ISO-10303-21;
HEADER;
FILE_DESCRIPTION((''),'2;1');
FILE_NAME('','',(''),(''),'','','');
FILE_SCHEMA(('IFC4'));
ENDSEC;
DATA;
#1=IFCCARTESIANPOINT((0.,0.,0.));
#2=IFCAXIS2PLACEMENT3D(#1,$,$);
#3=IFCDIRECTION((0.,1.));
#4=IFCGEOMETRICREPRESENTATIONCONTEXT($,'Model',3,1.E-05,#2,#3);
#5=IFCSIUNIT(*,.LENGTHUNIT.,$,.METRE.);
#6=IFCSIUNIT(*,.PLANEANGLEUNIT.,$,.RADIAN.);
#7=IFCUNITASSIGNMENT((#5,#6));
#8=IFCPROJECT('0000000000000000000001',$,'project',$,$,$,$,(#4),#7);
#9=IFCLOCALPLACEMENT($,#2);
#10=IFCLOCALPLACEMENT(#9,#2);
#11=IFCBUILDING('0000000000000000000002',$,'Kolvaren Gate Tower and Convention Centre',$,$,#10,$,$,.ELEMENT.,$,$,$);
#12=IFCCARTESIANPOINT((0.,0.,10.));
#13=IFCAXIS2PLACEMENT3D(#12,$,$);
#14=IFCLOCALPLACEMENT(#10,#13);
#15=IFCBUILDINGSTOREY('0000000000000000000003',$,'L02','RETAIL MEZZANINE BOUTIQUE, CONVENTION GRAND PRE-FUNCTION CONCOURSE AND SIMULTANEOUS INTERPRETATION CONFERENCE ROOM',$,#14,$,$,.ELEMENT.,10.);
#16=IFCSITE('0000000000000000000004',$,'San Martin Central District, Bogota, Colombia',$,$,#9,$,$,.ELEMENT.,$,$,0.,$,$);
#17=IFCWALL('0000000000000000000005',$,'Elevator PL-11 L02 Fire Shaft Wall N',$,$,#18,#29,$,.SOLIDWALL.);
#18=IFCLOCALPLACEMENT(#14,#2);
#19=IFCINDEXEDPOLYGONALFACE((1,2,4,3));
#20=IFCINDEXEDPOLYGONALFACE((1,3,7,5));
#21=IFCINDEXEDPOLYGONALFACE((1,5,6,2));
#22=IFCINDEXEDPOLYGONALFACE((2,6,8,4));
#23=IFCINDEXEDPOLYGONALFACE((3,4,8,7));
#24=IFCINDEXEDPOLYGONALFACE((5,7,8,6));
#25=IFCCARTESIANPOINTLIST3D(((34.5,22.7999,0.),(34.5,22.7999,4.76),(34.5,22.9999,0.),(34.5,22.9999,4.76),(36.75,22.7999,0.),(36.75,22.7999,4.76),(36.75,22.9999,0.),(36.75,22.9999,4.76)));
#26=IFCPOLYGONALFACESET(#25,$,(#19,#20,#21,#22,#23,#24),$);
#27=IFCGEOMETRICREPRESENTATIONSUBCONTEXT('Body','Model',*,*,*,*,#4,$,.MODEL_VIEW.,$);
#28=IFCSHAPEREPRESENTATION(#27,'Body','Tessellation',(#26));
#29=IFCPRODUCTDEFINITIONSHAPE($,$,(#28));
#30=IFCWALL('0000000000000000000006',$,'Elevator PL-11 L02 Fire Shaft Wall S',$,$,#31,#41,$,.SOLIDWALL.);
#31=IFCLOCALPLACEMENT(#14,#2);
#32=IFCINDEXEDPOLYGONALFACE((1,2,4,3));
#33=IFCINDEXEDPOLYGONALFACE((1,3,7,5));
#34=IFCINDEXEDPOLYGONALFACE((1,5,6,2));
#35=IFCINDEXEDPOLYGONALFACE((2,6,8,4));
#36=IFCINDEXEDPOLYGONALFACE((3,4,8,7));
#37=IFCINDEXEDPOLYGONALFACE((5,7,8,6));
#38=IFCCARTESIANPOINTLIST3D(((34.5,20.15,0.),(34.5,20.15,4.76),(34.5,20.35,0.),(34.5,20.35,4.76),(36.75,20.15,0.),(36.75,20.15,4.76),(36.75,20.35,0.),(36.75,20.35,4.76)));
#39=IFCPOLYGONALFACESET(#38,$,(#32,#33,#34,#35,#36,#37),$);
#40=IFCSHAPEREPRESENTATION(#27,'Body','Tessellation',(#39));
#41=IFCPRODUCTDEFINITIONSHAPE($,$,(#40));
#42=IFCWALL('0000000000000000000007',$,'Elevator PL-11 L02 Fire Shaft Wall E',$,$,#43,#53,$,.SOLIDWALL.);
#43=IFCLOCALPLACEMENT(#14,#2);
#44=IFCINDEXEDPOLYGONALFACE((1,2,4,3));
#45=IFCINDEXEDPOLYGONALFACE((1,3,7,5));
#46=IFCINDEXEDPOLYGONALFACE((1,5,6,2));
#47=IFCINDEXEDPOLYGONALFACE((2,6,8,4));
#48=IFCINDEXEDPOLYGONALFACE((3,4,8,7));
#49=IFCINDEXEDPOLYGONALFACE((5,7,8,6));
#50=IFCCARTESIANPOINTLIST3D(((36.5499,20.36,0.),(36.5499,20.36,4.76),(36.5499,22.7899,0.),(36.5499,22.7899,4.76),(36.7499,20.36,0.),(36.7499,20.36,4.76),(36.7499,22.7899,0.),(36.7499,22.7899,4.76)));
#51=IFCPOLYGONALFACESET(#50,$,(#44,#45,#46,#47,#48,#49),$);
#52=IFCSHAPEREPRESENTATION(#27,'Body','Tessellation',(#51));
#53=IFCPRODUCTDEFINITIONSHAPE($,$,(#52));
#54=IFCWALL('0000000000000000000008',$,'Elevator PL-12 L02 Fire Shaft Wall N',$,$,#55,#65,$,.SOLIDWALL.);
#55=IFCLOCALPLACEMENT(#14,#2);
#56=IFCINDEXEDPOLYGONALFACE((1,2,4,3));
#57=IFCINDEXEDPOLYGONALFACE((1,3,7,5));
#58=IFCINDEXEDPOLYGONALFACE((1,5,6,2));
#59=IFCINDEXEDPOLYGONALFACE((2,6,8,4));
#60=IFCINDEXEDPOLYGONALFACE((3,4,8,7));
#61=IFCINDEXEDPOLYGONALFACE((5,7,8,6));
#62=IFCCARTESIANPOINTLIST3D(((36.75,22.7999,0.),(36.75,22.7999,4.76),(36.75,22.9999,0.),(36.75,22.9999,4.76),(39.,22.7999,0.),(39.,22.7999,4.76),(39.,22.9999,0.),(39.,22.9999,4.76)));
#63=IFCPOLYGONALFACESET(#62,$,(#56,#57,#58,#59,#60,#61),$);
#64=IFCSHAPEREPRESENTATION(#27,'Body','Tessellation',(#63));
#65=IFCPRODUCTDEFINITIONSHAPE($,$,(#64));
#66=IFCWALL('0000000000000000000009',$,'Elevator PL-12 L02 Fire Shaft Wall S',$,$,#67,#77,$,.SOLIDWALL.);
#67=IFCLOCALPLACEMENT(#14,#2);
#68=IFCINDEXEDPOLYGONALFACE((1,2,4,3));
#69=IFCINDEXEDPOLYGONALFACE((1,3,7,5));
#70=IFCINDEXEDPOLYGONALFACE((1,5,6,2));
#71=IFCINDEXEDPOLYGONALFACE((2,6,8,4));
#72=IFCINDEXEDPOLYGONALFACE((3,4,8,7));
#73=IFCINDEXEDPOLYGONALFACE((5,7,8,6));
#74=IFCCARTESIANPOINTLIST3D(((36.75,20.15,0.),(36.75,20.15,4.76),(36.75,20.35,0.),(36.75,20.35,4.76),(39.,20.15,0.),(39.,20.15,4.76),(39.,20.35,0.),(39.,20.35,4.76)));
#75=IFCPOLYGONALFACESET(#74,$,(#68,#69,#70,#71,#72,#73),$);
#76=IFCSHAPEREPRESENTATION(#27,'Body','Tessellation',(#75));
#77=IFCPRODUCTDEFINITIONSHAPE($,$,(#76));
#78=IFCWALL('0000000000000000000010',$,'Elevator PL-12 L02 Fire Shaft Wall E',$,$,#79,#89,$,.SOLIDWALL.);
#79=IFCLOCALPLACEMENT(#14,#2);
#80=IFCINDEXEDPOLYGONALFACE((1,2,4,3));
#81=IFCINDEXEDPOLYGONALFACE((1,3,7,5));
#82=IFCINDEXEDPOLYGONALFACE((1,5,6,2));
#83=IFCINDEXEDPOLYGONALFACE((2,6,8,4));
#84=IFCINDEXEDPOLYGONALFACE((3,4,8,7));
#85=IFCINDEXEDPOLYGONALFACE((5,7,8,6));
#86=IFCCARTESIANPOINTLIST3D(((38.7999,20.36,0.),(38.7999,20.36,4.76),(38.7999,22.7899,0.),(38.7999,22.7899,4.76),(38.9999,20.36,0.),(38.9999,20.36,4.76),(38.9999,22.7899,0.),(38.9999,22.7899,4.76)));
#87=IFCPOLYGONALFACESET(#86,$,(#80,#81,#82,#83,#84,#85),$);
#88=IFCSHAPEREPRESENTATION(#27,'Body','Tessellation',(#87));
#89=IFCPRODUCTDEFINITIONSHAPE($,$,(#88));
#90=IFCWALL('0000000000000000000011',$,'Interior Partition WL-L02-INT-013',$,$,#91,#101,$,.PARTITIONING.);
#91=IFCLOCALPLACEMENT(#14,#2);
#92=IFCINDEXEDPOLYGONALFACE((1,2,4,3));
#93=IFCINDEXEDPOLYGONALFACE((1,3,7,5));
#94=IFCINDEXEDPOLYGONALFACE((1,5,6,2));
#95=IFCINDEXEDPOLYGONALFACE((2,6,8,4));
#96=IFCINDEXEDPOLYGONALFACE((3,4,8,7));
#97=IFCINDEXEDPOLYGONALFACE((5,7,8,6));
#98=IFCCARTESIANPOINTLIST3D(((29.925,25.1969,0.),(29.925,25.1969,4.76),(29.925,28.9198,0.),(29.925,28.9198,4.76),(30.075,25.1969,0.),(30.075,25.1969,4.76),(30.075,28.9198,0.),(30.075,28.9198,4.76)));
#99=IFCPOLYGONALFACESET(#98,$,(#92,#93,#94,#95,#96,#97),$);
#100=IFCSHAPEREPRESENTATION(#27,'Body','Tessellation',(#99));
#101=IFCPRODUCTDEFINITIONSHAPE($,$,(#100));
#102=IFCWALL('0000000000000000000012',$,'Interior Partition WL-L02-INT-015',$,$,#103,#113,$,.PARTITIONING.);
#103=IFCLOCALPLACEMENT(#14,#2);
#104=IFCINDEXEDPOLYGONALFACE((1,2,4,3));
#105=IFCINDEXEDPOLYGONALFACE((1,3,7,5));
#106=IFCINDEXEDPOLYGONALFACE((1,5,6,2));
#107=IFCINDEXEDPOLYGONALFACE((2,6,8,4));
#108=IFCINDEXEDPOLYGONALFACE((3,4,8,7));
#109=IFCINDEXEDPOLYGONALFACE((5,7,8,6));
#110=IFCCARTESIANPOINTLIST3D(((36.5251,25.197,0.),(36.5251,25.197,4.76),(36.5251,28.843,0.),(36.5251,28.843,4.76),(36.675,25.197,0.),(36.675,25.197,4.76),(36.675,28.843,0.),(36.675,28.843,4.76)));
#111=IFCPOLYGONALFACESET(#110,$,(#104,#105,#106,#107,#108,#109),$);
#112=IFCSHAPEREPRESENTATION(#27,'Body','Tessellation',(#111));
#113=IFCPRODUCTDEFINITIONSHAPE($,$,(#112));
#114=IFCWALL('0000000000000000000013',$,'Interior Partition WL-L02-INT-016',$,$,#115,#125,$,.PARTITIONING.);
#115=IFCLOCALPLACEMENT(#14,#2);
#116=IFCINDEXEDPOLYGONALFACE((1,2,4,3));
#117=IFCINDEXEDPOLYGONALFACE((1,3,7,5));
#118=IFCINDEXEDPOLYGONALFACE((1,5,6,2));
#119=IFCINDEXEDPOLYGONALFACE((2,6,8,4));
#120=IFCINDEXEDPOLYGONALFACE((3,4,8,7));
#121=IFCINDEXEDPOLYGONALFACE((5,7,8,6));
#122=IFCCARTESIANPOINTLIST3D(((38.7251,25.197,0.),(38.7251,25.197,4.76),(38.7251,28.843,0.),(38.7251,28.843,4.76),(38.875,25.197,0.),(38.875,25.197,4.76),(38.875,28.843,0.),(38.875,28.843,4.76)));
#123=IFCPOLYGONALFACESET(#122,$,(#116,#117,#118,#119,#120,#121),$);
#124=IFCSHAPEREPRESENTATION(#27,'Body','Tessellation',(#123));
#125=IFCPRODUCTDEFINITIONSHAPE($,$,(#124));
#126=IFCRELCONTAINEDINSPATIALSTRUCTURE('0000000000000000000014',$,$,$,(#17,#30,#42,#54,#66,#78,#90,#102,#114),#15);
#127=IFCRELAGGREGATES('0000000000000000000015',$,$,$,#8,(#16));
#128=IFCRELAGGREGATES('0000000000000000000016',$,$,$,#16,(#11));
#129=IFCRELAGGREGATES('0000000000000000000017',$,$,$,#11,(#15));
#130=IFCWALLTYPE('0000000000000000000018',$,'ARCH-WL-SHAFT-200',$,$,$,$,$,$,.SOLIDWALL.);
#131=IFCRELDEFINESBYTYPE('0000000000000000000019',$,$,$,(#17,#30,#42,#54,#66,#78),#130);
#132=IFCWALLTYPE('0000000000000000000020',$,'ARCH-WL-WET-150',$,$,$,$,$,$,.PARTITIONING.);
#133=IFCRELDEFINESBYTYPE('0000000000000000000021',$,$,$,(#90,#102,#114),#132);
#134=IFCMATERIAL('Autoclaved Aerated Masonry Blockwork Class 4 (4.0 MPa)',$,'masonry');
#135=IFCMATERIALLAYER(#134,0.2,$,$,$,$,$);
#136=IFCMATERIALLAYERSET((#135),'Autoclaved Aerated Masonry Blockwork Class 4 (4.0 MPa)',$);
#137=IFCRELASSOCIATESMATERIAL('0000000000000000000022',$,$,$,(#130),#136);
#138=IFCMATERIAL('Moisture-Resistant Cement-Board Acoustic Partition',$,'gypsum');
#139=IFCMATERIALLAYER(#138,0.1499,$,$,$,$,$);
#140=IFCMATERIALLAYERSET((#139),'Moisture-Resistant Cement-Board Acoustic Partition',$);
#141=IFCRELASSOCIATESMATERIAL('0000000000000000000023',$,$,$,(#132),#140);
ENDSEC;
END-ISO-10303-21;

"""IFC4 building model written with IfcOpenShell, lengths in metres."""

from ifc_helpers import new_model, si_unit, direction, frame, frame_2d, origin, place, context, subcontext, project, spatial, rectangle, extrude, material, layer, layer_set, type_object, element, save


model = new_model("IFC4")

# Units and contexts
model_context = context("Model", 3, precision=1e-05, world=origin(), true_north=direction((0.0, 1.0)))
body_context = subcontext(model_context, "Body", "Model", "MODEL_VIEW")
ifc_project = project(units=[si_unit("LENGTHUNIT", "METRE"), si_unit("PLANEANGLEUNIT", "RADIAN")], contexts=[model_context])

# Site, building, storey
site_placement = place(None, origin())
site = spatial("IfcSite", under=ifc_project, at=site_placement, Name="San Martin Central District, Bogota, Colombia", CompositionType="ELEMENT", RefElevation=0.0)
building_placement = place(site_placement, origin())
building = spatial("IfcBuilding", under=site, at=building_placement, Name="Kolvaren Gate Tower and Convention Centre", CompositionType="ELEMENT")
storey_placement = place(building_placement, frame((0.0, 0.0, 10.0)))
storey = spatial("IfcBuildingStorey", under=building, at=storey_placement, Name="L02", Description="RETAIL MEZZANINE BOUTIQUE, CONVENTION GRAND PRE-FUNCTION CONCOURSE AND SIMULTANEOUS INTERPRETATION CONFERENCE ROOM", CompositionType="ELEMENT", Elevation=10.0)

# Walls
ifc_material_1 = material(Name="Autoclaved Aerated Masonry Blockwork Class 4 (4.0 MPa)", Category="masonry")
ifc_layer_1 = layer(ifc_material_1, 0.2)
ifc_layer_set_1 = layer_set([ifc_layer_1], Name="Autoclaved Aerated Masonry Blockwork Class 4 (4.0 MPa)")
wall_type_1 = type_object("IfcWallType", Name="ARCH-WL-SHAFT-200", PredefinedType="SOLIDWALL", material=ifc_layer_set_1)
for number, where, z_axis, x_axis, name in (
    (1, (34.5, 22.8999, 0.0), (0.0, 0.0, 1.0), (1.0, 0.0, 0.0), "Elevator PL-11 L02 Fire Shaft Wall N"),
    (2, (34.5, 20.25, 0.0), (0.0, 0.0, 1.0), (1.0, 0.0, 0.0), "Elevator PL-11 L02 Fire Shaft Wall S"),
):
    element("IfcWall", number, at=place(storey_placement, frame(where, z_axis=z_axis, x_axis=x_axis)), inside=storey, type_object=wall_type_1, Name=name, PredefinedType="SOLIDWALL", context=body_context, shape_type="SweptSolid", body=[
        extrude(rectangle(XDim=2.25, YDim=0.2, at=frame_2d((1.125, 0.0))), origin(), (0.0, 0.0, 1.0), 4.76),
    ])
wall_1_placement = place(storey_placement, frame((36.6499, 20.3601, 0.0), z_axis=(0.0, 0.0, 1.0), x_axis=(0.0, 1.0, 0.0)))
element("IfcWall", 3, at=wall_1_placement, inside=storey, type_object=wall_type_1, Name="Elevator PL-11 L02 Fire Shaft Wall E", PredefinedType="SOLIDWALL", context=body_context, shape_type="SweptSolid", body=[
    extrude(rectangle(XDim=2.4299, YDim=0.2, at=frame_2d((1.2148, 0.0))), origin(), (0.0, 0.0, 1.0), 4.76),
])
for number, where, z_axis, x_axis, name in (
    (4, (36.75, 22.8999, 0.0), (0.0, 0.0, 1.0), (1.0, 0.0, 0.0), "Elevator PL-12 L02 Fire Shaft Wall N"),
    (5, (36.75, 20.25, 0.0), (0.0, 0.0, 1.0), (1.0, 0.0, 0.0), "Elevator PL-12 L02 Fire Shaft Wall S"),
):
    element("IfcWall", number, at=place(storey_placement, frame(where, z_axis=z_axis, x_axis=x_axis)), inside=storey, type_object=wall_type_1, Name=name, PredefinedType="SOLIDWALL", context=body_context, shape_type="SweptSolid", body=[
        extrude(rectangle(XDim=2.25, YDim=0.2, at=frame_2d((1.125, 0.0))), origin(), (0.0, 0.0, 1.0), 4.76),
    ])
wall_2_placement = place(storey_placement, frame((38.8999, 20.3601, 0.0), z_axis=(0.0, 0.0, 1.0), x_axis=(0.0, 1.0, 0.0)))
element("IfcWall", 6, at=wall_2_placement, inside=storey, type_object=wall_type_1, Name="Elevator PL-12 L02 Fire Shaft Wall E", PredefinedType="SOLIDWALL", context=body_context, shape_type="SweptSolid", body=[
    extrude(rectangle(XDim=2.4299, YDim=0.2, at=frame_2d((1.2148, 0.0))), origin(), (0.0, 0.0, 1.0), 4.76),
])
ifc_material_2 = material(Name="Moisture-Resistant Cement-Board Acoustic Partition", Category="gypsum")
ifc_layer_2 = layer(ifc_material_2, 0.1499)
ifc_layer_set_2 = layer_set([ifc_layer_2], Name="Moisture-Resistant Cement-Board Acoustic Partition")
wall_type_2 = type_object("IfcWallType", Name="ARCH-WL-WET-150", PredefinedType="PARTITIONING", material=ifc_layer_set_2)
wall_3_placement = place(storey_placement, frame((30.0, 25.197, 0.0), z_axis=(0.0, 0.0, 1.0), x_axis=(0.0, 1.0, 0.0)))
element("IfcWall", 7, at=wall_3_placement, inside=storey, type_object=wall_type_2, Name="Interior Partition WL-L02-INT-013", PredefinedType="PARTITIONING", context=body_context, shape_type="SweptSolid", body=[
    extrude(rectangle(XDim=3.7229, YDim=0.1499, at=frame_2d((1.8613, 0.0))), origin(), (0.0, 0.0, 1.0), 4.76),
])
for number, where, z_axis, x_axis, name in (
    (8, (36.6001, 25.197, 0.0), (0.0, 0.0, 1.0), (0.0, 1.0, 0.0), "Interior Partition WL-L02-INT-015"),
    (9, (38.8, 25.197, 0.0), (0.0, 0.0, 1.0), (0.0, 1.0, 0.0), "Interior Partition WL-L02-INT-016"),
):
    element("IfcWall", number, at=place(storey_placement, frame(where, z_axis=z_axis, x_axis=x_axis)), inside=storey, type_object=wall_type_2, Name=name, PredefinedType="PARTITIONING", context=body_context, shape_type="SweptSolid", body=[
        extrude(rectangle(XDim=3.646, YDim=0.1499, at=frame_2d((1.823, 0.0))), origin(), (0.0, 0.0, 1.0), 4.76),
    ])

save(model, "model.ifc")
